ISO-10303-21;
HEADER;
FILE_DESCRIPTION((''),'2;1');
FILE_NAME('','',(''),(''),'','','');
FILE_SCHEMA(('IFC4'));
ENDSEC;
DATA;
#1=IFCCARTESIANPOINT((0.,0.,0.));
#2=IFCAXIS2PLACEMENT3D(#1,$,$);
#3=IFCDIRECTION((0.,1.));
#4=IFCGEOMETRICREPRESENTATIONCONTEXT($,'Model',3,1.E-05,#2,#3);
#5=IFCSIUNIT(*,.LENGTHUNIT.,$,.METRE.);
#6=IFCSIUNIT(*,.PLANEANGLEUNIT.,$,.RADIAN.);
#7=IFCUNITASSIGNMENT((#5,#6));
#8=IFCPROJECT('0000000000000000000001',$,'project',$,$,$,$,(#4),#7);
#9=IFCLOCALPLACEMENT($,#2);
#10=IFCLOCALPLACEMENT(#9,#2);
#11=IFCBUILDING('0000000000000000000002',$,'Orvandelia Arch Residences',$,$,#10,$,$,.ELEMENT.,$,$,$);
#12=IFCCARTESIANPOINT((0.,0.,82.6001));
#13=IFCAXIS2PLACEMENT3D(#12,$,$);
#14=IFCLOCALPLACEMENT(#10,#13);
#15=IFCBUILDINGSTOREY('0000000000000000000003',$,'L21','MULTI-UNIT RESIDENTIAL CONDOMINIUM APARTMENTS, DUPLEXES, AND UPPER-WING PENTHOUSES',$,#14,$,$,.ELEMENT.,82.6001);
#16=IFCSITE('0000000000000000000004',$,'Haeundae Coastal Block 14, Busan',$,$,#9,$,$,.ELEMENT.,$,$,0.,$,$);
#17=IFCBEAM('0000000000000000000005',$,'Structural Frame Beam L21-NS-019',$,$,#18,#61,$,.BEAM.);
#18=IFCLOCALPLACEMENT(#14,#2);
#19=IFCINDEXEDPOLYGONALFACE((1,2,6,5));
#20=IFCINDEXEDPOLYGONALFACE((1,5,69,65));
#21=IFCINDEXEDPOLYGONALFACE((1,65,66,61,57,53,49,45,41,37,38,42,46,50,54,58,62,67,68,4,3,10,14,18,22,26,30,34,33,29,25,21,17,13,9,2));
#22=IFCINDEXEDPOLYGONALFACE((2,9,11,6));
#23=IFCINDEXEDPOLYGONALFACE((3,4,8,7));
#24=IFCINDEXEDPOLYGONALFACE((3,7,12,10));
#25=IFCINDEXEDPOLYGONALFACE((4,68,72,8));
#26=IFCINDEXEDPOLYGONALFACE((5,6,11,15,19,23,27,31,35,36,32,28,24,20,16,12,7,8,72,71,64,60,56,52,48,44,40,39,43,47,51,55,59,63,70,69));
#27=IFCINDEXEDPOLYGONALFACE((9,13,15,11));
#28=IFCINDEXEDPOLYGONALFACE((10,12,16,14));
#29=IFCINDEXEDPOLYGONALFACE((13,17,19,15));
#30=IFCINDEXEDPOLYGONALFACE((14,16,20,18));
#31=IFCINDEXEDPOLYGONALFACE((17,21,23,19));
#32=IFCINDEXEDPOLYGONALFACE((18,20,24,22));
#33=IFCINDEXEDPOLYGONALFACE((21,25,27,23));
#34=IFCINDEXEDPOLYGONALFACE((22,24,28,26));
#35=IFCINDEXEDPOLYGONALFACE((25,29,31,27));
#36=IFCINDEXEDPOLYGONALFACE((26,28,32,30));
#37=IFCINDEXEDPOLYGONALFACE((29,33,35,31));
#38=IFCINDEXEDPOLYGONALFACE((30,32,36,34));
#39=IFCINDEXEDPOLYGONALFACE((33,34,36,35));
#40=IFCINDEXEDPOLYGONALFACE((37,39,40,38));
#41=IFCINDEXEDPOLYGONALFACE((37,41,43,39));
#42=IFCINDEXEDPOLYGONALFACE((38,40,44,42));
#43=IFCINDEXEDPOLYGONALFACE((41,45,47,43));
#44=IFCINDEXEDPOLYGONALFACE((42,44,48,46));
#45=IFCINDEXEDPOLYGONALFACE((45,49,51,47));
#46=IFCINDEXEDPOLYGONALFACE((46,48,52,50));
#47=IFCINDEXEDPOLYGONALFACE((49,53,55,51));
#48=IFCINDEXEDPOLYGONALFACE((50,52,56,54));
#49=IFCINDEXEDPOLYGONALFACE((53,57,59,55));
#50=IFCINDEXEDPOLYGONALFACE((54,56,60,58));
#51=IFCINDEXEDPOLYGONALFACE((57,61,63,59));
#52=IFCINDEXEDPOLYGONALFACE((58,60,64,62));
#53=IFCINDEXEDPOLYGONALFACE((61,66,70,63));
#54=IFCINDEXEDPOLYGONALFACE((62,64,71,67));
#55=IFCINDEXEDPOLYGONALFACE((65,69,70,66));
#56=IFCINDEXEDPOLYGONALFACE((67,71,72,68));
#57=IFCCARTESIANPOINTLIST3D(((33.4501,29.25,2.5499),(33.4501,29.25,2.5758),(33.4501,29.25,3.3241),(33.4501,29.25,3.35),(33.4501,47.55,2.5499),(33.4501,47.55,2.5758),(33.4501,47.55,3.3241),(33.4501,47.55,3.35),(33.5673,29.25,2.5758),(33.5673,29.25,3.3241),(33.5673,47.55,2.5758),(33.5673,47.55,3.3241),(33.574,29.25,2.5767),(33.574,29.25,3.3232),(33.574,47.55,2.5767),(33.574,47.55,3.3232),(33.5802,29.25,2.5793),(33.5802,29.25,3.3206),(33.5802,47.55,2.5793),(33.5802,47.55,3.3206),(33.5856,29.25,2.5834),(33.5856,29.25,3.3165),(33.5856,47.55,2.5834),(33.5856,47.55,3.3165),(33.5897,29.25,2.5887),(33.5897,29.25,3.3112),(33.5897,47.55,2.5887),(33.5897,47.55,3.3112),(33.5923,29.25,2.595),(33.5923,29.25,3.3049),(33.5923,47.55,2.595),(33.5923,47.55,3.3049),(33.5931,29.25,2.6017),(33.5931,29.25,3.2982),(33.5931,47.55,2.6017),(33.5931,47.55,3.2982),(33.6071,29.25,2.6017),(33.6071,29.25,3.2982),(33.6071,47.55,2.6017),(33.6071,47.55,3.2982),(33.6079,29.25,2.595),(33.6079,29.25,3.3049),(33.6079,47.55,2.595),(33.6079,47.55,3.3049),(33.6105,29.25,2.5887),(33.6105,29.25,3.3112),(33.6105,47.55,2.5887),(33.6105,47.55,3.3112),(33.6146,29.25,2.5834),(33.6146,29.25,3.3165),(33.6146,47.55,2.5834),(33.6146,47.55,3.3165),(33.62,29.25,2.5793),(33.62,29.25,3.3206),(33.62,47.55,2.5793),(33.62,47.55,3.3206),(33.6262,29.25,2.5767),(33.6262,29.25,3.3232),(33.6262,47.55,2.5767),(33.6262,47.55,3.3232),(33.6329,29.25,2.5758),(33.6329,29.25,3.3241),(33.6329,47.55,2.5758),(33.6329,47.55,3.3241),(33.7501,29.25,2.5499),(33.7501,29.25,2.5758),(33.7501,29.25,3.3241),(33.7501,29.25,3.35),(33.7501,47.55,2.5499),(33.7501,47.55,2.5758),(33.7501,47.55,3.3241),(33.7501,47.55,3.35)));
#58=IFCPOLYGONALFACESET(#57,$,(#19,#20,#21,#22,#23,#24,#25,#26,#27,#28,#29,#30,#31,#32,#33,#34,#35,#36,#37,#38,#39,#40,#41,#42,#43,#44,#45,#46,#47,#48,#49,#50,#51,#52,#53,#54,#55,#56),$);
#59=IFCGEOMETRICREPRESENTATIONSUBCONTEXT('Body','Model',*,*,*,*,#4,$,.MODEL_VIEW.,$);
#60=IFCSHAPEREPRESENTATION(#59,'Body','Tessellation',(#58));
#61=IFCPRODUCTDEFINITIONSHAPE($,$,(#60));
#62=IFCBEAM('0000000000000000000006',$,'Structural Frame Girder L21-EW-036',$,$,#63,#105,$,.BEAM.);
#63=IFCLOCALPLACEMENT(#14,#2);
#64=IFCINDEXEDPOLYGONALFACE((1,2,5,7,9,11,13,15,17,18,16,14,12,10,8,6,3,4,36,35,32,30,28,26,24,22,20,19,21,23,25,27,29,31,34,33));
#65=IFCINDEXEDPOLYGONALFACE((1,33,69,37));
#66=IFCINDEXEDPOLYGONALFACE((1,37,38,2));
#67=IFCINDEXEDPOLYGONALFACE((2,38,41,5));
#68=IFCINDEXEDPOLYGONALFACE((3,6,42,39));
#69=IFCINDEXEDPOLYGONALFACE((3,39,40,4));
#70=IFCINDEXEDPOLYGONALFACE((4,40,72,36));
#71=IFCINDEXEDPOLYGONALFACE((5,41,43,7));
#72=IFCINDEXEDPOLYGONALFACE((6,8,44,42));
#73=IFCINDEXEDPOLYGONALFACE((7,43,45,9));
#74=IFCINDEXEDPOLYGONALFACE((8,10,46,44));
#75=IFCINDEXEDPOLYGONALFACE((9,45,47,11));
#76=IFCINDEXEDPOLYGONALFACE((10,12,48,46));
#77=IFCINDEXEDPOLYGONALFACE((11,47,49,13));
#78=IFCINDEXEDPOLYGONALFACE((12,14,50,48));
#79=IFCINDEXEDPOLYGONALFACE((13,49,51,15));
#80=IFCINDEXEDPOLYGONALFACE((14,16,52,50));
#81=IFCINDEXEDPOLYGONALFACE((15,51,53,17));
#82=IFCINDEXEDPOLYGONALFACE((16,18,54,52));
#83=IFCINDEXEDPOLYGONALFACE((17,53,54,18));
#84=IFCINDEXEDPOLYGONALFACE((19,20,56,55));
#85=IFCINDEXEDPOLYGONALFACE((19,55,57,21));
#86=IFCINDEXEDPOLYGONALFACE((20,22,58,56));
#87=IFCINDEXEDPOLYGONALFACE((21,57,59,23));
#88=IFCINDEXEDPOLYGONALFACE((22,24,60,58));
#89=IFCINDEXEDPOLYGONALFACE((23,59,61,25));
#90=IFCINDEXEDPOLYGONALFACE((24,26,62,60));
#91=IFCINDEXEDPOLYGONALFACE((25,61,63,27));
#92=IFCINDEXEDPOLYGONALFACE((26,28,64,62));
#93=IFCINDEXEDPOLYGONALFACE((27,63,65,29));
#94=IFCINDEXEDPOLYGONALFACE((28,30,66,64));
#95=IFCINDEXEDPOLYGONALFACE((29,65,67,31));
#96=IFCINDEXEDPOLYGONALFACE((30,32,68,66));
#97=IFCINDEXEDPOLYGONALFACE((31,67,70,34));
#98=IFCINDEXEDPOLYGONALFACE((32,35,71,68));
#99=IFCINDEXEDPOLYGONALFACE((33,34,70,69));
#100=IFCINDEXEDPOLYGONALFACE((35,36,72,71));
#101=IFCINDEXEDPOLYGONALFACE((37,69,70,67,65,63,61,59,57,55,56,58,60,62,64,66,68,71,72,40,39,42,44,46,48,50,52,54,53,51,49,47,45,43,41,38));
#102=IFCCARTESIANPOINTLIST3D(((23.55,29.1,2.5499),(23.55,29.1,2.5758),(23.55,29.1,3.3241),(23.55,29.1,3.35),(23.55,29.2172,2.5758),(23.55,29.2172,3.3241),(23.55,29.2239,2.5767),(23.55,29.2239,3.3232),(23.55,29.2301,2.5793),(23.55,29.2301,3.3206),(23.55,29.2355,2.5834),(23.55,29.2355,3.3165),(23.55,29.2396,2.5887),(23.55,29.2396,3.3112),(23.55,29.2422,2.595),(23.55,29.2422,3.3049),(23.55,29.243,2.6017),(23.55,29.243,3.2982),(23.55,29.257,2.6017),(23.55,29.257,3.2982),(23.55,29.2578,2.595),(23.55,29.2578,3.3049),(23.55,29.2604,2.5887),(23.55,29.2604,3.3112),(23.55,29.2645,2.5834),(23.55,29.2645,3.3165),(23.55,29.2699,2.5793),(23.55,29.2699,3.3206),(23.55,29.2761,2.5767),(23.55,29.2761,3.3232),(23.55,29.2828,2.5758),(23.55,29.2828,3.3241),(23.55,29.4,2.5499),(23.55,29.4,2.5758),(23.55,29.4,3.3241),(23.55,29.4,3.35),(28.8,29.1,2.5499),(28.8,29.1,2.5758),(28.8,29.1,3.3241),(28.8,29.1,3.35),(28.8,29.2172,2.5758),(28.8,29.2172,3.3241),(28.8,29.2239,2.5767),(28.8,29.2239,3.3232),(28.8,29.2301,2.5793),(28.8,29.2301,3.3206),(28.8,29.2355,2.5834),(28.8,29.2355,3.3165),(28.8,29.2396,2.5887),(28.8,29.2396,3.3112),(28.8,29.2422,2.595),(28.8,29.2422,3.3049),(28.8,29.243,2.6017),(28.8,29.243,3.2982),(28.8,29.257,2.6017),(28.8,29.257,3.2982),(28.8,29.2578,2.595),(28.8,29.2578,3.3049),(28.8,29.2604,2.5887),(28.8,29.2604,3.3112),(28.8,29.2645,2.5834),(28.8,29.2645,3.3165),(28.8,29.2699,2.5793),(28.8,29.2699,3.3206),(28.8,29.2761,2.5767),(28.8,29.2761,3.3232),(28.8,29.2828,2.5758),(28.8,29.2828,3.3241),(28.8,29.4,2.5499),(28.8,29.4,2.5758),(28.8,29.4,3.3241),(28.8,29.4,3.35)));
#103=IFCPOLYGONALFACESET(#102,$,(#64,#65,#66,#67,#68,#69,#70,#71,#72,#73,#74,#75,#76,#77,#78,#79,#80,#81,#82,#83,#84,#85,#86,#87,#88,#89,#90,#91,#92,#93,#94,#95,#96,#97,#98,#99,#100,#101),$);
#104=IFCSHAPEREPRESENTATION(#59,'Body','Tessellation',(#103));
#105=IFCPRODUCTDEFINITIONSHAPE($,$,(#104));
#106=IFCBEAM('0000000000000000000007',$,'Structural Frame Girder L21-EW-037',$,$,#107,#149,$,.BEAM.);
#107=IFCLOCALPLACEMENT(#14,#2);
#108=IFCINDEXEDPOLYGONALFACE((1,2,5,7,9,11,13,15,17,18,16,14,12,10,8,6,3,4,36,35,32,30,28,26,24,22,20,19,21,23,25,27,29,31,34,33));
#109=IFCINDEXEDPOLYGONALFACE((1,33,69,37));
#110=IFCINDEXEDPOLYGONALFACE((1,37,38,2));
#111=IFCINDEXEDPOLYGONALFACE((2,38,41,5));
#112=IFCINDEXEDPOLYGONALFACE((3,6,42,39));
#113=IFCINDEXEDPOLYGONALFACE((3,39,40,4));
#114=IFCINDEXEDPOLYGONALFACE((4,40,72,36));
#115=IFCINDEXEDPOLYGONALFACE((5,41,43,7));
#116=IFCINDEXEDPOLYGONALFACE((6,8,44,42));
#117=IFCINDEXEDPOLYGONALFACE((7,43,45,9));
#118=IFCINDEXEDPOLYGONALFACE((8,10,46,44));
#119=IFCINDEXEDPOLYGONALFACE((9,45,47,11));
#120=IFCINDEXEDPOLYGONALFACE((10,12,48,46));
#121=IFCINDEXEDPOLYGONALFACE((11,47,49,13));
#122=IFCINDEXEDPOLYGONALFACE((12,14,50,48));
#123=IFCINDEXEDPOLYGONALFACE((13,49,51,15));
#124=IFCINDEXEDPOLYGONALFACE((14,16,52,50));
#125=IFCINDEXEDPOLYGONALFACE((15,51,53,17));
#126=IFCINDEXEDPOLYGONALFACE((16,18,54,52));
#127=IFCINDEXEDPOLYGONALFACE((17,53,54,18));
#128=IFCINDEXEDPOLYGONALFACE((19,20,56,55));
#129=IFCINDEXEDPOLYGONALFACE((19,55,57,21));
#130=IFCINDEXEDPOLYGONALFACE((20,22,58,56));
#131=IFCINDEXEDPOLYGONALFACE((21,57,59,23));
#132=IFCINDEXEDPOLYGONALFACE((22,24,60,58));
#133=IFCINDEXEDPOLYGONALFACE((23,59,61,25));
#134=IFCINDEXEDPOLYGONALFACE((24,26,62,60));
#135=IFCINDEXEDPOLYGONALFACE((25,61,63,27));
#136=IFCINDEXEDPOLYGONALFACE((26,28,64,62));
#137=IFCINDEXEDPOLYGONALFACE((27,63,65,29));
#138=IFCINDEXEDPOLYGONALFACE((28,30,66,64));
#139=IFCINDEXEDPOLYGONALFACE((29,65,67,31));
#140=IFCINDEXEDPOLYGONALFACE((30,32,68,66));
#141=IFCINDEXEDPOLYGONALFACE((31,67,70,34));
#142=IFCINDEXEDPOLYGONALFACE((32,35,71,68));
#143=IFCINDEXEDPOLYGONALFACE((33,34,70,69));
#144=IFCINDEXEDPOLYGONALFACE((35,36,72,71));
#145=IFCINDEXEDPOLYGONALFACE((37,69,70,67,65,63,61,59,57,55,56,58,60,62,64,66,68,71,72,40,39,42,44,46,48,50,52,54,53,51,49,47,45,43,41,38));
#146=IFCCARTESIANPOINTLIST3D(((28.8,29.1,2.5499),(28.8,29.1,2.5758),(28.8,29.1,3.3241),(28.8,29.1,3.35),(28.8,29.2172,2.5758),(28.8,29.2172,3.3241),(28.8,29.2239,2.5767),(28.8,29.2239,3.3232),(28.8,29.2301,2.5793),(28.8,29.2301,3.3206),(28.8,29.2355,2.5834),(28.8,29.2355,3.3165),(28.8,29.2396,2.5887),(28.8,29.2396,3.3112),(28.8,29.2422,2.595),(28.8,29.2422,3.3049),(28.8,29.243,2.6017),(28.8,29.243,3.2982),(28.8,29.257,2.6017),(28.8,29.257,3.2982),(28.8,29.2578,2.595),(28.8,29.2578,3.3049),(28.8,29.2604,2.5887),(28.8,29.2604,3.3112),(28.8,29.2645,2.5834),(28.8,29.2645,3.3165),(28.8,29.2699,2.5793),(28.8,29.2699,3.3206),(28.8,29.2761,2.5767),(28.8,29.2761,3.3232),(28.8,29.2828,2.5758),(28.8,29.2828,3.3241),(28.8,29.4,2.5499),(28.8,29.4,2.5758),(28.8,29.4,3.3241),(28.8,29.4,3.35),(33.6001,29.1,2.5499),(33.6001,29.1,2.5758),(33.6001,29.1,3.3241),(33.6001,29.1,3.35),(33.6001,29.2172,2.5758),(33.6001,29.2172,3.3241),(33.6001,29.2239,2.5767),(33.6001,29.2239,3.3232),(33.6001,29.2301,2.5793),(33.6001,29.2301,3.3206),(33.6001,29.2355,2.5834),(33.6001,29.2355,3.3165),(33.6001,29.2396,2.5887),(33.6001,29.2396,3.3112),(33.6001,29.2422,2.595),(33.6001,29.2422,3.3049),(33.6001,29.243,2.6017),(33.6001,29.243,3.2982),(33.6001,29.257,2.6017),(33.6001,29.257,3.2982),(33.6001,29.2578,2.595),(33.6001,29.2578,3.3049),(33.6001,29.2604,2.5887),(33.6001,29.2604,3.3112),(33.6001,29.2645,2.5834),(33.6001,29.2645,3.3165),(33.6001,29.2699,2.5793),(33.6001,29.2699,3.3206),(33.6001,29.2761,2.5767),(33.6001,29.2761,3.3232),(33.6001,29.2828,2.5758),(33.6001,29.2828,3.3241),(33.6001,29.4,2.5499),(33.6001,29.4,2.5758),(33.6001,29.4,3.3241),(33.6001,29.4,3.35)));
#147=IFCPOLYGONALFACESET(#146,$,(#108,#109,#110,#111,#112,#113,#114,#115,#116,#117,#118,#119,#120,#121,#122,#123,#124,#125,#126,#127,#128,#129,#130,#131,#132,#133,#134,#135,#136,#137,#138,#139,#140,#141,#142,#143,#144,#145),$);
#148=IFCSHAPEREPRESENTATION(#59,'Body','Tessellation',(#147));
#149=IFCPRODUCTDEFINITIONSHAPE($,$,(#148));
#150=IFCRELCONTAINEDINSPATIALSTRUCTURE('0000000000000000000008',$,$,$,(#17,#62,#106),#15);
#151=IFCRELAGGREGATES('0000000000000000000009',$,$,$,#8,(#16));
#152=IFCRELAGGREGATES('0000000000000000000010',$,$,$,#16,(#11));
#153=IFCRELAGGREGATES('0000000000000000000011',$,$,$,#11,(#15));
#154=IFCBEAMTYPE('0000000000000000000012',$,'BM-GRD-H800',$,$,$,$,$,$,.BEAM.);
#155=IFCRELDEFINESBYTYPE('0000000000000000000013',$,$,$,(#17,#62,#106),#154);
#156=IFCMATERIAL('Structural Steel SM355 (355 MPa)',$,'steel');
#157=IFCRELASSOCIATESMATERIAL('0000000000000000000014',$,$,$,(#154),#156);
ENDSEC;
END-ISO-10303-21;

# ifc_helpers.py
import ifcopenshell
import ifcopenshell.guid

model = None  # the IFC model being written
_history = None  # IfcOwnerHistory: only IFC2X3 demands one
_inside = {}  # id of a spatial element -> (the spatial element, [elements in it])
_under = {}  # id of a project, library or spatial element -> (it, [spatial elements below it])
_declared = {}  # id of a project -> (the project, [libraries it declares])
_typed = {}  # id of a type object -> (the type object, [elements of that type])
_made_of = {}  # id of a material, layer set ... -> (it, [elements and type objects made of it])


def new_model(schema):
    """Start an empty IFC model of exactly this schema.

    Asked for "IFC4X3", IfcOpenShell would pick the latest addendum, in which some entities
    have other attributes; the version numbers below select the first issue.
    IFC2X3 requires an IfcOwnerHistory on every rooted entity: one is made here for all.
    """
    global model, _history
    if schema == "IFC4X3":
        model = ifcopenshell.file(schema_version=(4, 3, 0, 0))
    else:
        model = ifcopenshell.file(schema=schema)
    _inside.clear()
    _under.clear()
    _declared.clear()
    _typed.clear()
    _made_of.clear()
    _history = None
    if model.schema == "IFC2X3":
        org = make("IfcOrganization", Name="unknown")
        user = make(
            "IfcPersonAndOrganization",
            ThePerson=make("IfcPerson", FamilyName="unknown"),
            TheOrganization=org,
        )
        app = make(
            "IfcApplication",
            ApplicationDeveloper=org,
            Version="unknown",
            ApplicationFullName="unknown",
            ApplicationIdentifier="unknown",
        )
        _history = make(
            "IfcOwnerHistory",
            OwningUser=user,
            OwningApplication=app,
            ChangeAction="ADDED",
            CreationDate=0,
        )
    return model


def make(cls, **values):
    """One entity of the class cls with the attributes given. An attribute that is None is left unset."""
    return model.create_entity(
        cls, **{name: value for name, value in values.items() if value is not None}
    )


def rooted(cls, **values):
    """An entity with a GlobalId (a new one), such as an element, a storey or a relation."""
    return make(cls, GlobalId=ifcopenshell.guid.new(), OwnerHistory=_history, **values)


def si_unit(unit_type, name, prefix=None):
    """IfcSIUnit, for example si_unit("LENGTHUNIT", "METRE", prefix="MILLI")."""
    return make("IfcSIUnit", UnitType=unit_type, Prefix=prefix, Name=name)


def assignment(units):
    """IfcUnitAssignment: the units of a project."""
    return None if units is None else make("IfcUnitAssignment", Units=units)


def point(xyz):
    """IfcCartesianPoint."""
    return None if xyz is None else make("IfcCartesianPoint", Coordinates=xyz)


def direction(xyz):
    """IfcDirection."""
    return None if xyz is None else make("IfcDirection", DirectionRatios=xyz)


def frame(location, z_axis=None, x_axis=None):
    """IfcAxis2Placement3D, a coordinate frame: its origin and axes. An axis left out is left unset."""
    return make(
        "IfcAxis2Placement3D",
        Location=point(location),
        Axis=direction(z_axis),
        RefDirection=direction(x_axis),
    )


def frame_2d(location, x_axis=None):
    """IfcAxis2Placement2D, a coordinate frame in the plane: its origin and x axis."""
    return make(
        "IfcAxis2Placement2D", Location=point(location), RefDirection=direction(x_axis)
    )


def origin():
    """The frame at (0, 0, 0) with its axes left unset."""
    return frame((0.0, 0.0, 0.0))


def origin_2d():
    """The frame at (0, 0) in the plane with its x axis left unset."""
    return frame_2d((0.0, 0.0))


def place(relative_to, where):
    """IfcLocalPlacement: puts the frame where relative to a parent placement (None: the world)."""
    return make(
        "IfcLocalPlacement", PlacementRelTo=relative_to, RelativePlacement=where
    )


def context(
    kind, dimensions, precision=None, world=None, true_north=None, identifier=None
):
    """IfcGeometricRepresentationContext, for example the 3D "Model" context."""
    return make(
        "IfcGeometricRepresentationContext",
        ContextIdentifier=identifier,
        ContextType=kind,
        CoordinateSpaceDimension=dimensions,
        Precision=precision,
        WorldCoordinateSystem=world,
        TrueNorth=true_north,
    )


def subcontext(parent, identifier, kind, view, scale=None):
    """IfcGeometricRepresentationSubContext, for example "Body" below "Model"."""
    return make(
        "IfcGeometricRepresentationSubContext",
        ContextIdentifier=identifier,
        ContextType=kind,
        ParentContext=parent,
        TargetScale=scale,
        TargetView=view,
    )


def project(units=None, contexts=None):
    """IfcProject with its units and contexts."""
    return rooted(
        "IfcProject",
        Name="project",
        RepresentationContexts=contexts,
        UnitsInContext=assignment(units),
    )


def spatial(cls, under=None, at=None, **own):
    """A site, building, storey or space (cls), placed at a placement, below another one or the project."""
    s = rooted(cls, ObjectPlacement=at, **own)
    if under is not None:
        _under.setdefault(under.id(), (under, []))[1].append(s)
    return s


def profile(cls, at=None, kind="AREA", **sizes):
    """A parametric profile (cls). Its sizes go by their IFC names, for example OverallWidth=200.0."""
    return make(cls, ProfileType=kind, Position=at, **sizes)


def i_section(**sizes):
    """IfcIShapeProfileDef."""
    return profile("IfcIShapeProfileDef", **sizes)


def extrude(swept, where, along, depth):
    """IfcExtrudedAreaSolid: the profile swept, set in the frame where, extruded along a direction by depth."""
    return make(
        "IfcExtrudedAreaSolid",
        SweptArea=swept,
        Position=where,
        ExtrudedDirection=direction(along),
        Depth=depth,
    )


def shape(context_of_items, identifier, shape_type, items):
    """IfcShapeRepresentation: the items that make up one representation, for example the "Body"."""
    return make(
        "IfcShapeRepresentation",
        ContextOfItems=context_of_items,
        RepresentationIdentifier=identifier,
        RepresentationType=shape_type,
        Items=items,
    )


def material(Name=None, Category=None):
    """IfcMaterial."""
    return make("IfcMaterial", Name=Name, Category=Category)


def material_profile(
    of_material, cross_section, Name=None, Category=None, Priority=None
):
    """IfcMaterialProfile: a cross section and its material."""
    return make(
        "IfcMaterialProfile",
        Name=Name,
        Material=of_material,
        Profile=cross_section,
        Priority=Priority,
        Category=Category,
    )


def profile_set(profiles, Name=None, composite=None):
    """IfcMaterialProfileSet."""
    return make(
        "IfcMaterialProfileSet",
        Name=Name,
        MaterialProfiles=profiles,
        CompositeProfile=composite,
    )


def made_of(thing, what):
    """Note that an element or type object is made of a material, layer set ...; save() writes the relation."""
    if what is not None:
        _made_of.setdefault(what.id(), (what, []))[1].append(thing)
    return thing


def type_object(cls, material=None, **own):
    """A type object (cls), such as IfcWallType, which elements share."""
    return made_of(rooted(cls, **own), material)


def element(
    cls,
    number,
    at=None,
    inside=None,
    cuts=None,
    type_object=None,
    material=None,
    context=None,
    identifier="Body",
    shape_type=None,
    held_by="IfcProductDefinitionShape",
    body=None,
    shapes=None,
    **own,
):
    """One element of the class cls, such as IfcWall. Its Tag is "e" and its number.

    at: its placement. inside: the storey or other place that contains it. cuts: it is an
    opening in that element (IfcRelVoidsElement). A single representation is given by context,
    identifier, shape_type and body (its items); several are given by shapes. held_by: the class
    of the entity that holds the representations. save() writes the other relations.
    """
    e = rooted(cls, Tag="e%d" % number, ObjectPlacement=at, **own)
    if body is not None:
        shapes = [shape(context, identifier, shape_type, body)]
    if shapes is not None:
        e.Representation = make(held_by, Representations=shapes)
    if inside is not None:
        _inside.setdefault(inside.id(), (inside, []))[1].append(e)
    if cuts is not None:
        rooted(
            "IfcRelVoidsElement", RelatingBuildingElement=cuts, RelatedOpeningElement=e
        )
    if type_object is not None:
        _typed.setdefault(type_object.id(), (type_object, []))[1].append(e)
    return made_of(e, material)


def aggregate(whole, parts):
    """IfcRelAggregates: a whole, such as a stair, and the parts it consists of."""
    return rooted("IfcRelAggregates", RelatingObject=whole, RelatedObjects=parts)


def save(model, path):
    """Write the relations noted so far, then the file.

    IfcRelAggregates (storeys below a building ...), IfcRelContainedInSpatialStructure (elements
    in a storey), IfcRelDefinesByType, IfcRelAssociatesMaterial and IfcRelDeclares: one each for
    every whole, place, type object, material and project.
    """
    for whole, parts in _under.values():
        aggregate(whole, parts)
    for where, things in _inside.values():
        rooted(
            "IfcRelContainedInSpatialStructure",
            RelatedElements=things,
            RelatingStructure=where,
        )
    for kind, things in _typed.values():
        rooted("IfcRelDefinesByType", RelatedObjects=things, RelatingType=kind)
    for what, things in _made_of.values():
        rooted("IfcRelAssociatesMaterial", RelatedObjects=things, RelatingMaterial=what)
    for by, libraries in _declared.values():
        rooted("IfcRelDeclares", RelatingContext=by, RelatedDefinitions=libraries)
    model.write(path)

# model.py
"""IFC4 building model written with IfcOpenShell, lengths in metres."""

from ifc_helpers import new_model, si_unit, direction, frame, origin, origin_2d, place, context, subcontext, project, spatial, i_section, extrude, material, material_profile, profile_set, type_object, element, save


model = new_model("IFC4")

# Units and contexts
model_context = context("Model", 3, precision=1e-05, world=origin(), true_north=direction((0.0, 1.0)))
body_context = subcontext(model_context, "Body", "Model", "MODEL_VIEW")
ifc_project = project(units=[si_unit("LENGTHUNIT", "METRE"), si_unit("PLANEANGLEUNIT", "RADIAN")], contexts=[model_context])

# Site, building, storey
site_placement = place(None, origin())
site = spatial("IfcSite", under=ifc_project, at=site_placement, Name="Haeundae Coastal Block 14, Busan", CompositionType="ELEMENT", RefElevation=0.0)
building_placement = place(site_placement, origin())
building = spatial("IfcBuilding", under=site, at=building_placement, Name="Orvandelia Arch Residences", CompositionType="ELEMENT")
storey_placement = place(building_placement, frame((0.0, 0.0, 82.6001)))
storey = spatial("IfcBuildingStorey", under=building, at=storey_placement, Name="L21", Description="MULTI-UNIT RESIDENTIAL CONDOMINIUM APARTMENTS, DUPLEXES, AND UPPER-WING PENTHOUSES", CompositionType="ELEMENT", Elevation=82.6001)

# Beams
ifc_material_1 = material(Name="Structural Steel SM355 (355 MPa)", Category="steel")
ifc_material_profile_1 = material_profile(ifc_material_1, i_section(OverallWidth=0.3, OverallDepth=0.8, WebThickness=0.0139, FlangeThickness=0.0259, FilletRadius=0.0259, at=origin_2d()), Name="Structural Steel SM355 (355 MPa)", Category="steel")
ifc_profile_set_1 = profile_set([ifc_material_profile_1], Name="Structural Steel SM355 (355 MPa)")
beam_type = type_object("IfcBeamType", Name="BM-GRD-H800", PredefinedType="BEAM", material=ifc_profile_set_1)
for number, where, z_axis, x_axis, name in (
    (1, (33.6001, 29.25, 2.95), (0.0, 1.0, 0.0), (-1.0, 0.0, 0.0), "Structural Frame Beam L21-NS-019"),
):
    element("IfcBeam", number, at=place(storey_placement, frame(where, z_axis=z_axis, x_axis=x_axis)), inside=storey, type_object=beam_type, Name=name, PredefinedType="BEAM", context=body_context, shape_type="SweptSolid", body=[
        extrude(i_section(OverallWidth=0.3, OverallDepth=0.8, WebThickness=0.0139, FlangeThickness=0.0259, FilletRadius=0.0259, at=origin_2d()), origin(), (0.0, 0.0, 1.0), 18.3),
    ])
beam_1_placement = place(storey_placement, frame((23.55, 29.25, 2.95), z_axis=(1.0, 0.0, 0.0), x_axis=(0.0, 1.0, 0.0)))
element("IfcBeam", 2, at=beam_1_placement, inside=storey, type_object=beam_type, Name="Structural Frame Girder L21-EW-036", PredefinedType="BEAM", context=body_context, shape_type="SweptSolid", body=[
    extrude(i_section(OverallWidth=0.3, OverallDepth=0.8, WebThickness=0.0139, FlangeThickness=0.0259, FilletRadius=0.0259, at=origin_2d()), origin(), (0.0, 0.0, 1.0), 5.25),
])
beam_2_placement = place(storey_placement, frame((28.8, 29.25, 2.95), z_axis=(1.0, 0.0, 0.0), x_axis=(0.0, 1.0, 0.0)))
element("IfcBeam", 3, at=beam_2_placement, inside=storey, type_object=beam_type, Name="Structural Frame Girder L21-EW-037", PredefinedType="BEAM", context=body_context, shape_type="SweptSolid", body=[
    extrude(i_section(OverallWidth=0.3, OverallDepth=0.8, WebThickness=0.0139, FlangeThickness=0.0259, FilletRadius=0.0259, at=origin_2d()), origin(), (0.0, 0.0, 1.0), 4.8),
])

save(model, "model.ifc")
